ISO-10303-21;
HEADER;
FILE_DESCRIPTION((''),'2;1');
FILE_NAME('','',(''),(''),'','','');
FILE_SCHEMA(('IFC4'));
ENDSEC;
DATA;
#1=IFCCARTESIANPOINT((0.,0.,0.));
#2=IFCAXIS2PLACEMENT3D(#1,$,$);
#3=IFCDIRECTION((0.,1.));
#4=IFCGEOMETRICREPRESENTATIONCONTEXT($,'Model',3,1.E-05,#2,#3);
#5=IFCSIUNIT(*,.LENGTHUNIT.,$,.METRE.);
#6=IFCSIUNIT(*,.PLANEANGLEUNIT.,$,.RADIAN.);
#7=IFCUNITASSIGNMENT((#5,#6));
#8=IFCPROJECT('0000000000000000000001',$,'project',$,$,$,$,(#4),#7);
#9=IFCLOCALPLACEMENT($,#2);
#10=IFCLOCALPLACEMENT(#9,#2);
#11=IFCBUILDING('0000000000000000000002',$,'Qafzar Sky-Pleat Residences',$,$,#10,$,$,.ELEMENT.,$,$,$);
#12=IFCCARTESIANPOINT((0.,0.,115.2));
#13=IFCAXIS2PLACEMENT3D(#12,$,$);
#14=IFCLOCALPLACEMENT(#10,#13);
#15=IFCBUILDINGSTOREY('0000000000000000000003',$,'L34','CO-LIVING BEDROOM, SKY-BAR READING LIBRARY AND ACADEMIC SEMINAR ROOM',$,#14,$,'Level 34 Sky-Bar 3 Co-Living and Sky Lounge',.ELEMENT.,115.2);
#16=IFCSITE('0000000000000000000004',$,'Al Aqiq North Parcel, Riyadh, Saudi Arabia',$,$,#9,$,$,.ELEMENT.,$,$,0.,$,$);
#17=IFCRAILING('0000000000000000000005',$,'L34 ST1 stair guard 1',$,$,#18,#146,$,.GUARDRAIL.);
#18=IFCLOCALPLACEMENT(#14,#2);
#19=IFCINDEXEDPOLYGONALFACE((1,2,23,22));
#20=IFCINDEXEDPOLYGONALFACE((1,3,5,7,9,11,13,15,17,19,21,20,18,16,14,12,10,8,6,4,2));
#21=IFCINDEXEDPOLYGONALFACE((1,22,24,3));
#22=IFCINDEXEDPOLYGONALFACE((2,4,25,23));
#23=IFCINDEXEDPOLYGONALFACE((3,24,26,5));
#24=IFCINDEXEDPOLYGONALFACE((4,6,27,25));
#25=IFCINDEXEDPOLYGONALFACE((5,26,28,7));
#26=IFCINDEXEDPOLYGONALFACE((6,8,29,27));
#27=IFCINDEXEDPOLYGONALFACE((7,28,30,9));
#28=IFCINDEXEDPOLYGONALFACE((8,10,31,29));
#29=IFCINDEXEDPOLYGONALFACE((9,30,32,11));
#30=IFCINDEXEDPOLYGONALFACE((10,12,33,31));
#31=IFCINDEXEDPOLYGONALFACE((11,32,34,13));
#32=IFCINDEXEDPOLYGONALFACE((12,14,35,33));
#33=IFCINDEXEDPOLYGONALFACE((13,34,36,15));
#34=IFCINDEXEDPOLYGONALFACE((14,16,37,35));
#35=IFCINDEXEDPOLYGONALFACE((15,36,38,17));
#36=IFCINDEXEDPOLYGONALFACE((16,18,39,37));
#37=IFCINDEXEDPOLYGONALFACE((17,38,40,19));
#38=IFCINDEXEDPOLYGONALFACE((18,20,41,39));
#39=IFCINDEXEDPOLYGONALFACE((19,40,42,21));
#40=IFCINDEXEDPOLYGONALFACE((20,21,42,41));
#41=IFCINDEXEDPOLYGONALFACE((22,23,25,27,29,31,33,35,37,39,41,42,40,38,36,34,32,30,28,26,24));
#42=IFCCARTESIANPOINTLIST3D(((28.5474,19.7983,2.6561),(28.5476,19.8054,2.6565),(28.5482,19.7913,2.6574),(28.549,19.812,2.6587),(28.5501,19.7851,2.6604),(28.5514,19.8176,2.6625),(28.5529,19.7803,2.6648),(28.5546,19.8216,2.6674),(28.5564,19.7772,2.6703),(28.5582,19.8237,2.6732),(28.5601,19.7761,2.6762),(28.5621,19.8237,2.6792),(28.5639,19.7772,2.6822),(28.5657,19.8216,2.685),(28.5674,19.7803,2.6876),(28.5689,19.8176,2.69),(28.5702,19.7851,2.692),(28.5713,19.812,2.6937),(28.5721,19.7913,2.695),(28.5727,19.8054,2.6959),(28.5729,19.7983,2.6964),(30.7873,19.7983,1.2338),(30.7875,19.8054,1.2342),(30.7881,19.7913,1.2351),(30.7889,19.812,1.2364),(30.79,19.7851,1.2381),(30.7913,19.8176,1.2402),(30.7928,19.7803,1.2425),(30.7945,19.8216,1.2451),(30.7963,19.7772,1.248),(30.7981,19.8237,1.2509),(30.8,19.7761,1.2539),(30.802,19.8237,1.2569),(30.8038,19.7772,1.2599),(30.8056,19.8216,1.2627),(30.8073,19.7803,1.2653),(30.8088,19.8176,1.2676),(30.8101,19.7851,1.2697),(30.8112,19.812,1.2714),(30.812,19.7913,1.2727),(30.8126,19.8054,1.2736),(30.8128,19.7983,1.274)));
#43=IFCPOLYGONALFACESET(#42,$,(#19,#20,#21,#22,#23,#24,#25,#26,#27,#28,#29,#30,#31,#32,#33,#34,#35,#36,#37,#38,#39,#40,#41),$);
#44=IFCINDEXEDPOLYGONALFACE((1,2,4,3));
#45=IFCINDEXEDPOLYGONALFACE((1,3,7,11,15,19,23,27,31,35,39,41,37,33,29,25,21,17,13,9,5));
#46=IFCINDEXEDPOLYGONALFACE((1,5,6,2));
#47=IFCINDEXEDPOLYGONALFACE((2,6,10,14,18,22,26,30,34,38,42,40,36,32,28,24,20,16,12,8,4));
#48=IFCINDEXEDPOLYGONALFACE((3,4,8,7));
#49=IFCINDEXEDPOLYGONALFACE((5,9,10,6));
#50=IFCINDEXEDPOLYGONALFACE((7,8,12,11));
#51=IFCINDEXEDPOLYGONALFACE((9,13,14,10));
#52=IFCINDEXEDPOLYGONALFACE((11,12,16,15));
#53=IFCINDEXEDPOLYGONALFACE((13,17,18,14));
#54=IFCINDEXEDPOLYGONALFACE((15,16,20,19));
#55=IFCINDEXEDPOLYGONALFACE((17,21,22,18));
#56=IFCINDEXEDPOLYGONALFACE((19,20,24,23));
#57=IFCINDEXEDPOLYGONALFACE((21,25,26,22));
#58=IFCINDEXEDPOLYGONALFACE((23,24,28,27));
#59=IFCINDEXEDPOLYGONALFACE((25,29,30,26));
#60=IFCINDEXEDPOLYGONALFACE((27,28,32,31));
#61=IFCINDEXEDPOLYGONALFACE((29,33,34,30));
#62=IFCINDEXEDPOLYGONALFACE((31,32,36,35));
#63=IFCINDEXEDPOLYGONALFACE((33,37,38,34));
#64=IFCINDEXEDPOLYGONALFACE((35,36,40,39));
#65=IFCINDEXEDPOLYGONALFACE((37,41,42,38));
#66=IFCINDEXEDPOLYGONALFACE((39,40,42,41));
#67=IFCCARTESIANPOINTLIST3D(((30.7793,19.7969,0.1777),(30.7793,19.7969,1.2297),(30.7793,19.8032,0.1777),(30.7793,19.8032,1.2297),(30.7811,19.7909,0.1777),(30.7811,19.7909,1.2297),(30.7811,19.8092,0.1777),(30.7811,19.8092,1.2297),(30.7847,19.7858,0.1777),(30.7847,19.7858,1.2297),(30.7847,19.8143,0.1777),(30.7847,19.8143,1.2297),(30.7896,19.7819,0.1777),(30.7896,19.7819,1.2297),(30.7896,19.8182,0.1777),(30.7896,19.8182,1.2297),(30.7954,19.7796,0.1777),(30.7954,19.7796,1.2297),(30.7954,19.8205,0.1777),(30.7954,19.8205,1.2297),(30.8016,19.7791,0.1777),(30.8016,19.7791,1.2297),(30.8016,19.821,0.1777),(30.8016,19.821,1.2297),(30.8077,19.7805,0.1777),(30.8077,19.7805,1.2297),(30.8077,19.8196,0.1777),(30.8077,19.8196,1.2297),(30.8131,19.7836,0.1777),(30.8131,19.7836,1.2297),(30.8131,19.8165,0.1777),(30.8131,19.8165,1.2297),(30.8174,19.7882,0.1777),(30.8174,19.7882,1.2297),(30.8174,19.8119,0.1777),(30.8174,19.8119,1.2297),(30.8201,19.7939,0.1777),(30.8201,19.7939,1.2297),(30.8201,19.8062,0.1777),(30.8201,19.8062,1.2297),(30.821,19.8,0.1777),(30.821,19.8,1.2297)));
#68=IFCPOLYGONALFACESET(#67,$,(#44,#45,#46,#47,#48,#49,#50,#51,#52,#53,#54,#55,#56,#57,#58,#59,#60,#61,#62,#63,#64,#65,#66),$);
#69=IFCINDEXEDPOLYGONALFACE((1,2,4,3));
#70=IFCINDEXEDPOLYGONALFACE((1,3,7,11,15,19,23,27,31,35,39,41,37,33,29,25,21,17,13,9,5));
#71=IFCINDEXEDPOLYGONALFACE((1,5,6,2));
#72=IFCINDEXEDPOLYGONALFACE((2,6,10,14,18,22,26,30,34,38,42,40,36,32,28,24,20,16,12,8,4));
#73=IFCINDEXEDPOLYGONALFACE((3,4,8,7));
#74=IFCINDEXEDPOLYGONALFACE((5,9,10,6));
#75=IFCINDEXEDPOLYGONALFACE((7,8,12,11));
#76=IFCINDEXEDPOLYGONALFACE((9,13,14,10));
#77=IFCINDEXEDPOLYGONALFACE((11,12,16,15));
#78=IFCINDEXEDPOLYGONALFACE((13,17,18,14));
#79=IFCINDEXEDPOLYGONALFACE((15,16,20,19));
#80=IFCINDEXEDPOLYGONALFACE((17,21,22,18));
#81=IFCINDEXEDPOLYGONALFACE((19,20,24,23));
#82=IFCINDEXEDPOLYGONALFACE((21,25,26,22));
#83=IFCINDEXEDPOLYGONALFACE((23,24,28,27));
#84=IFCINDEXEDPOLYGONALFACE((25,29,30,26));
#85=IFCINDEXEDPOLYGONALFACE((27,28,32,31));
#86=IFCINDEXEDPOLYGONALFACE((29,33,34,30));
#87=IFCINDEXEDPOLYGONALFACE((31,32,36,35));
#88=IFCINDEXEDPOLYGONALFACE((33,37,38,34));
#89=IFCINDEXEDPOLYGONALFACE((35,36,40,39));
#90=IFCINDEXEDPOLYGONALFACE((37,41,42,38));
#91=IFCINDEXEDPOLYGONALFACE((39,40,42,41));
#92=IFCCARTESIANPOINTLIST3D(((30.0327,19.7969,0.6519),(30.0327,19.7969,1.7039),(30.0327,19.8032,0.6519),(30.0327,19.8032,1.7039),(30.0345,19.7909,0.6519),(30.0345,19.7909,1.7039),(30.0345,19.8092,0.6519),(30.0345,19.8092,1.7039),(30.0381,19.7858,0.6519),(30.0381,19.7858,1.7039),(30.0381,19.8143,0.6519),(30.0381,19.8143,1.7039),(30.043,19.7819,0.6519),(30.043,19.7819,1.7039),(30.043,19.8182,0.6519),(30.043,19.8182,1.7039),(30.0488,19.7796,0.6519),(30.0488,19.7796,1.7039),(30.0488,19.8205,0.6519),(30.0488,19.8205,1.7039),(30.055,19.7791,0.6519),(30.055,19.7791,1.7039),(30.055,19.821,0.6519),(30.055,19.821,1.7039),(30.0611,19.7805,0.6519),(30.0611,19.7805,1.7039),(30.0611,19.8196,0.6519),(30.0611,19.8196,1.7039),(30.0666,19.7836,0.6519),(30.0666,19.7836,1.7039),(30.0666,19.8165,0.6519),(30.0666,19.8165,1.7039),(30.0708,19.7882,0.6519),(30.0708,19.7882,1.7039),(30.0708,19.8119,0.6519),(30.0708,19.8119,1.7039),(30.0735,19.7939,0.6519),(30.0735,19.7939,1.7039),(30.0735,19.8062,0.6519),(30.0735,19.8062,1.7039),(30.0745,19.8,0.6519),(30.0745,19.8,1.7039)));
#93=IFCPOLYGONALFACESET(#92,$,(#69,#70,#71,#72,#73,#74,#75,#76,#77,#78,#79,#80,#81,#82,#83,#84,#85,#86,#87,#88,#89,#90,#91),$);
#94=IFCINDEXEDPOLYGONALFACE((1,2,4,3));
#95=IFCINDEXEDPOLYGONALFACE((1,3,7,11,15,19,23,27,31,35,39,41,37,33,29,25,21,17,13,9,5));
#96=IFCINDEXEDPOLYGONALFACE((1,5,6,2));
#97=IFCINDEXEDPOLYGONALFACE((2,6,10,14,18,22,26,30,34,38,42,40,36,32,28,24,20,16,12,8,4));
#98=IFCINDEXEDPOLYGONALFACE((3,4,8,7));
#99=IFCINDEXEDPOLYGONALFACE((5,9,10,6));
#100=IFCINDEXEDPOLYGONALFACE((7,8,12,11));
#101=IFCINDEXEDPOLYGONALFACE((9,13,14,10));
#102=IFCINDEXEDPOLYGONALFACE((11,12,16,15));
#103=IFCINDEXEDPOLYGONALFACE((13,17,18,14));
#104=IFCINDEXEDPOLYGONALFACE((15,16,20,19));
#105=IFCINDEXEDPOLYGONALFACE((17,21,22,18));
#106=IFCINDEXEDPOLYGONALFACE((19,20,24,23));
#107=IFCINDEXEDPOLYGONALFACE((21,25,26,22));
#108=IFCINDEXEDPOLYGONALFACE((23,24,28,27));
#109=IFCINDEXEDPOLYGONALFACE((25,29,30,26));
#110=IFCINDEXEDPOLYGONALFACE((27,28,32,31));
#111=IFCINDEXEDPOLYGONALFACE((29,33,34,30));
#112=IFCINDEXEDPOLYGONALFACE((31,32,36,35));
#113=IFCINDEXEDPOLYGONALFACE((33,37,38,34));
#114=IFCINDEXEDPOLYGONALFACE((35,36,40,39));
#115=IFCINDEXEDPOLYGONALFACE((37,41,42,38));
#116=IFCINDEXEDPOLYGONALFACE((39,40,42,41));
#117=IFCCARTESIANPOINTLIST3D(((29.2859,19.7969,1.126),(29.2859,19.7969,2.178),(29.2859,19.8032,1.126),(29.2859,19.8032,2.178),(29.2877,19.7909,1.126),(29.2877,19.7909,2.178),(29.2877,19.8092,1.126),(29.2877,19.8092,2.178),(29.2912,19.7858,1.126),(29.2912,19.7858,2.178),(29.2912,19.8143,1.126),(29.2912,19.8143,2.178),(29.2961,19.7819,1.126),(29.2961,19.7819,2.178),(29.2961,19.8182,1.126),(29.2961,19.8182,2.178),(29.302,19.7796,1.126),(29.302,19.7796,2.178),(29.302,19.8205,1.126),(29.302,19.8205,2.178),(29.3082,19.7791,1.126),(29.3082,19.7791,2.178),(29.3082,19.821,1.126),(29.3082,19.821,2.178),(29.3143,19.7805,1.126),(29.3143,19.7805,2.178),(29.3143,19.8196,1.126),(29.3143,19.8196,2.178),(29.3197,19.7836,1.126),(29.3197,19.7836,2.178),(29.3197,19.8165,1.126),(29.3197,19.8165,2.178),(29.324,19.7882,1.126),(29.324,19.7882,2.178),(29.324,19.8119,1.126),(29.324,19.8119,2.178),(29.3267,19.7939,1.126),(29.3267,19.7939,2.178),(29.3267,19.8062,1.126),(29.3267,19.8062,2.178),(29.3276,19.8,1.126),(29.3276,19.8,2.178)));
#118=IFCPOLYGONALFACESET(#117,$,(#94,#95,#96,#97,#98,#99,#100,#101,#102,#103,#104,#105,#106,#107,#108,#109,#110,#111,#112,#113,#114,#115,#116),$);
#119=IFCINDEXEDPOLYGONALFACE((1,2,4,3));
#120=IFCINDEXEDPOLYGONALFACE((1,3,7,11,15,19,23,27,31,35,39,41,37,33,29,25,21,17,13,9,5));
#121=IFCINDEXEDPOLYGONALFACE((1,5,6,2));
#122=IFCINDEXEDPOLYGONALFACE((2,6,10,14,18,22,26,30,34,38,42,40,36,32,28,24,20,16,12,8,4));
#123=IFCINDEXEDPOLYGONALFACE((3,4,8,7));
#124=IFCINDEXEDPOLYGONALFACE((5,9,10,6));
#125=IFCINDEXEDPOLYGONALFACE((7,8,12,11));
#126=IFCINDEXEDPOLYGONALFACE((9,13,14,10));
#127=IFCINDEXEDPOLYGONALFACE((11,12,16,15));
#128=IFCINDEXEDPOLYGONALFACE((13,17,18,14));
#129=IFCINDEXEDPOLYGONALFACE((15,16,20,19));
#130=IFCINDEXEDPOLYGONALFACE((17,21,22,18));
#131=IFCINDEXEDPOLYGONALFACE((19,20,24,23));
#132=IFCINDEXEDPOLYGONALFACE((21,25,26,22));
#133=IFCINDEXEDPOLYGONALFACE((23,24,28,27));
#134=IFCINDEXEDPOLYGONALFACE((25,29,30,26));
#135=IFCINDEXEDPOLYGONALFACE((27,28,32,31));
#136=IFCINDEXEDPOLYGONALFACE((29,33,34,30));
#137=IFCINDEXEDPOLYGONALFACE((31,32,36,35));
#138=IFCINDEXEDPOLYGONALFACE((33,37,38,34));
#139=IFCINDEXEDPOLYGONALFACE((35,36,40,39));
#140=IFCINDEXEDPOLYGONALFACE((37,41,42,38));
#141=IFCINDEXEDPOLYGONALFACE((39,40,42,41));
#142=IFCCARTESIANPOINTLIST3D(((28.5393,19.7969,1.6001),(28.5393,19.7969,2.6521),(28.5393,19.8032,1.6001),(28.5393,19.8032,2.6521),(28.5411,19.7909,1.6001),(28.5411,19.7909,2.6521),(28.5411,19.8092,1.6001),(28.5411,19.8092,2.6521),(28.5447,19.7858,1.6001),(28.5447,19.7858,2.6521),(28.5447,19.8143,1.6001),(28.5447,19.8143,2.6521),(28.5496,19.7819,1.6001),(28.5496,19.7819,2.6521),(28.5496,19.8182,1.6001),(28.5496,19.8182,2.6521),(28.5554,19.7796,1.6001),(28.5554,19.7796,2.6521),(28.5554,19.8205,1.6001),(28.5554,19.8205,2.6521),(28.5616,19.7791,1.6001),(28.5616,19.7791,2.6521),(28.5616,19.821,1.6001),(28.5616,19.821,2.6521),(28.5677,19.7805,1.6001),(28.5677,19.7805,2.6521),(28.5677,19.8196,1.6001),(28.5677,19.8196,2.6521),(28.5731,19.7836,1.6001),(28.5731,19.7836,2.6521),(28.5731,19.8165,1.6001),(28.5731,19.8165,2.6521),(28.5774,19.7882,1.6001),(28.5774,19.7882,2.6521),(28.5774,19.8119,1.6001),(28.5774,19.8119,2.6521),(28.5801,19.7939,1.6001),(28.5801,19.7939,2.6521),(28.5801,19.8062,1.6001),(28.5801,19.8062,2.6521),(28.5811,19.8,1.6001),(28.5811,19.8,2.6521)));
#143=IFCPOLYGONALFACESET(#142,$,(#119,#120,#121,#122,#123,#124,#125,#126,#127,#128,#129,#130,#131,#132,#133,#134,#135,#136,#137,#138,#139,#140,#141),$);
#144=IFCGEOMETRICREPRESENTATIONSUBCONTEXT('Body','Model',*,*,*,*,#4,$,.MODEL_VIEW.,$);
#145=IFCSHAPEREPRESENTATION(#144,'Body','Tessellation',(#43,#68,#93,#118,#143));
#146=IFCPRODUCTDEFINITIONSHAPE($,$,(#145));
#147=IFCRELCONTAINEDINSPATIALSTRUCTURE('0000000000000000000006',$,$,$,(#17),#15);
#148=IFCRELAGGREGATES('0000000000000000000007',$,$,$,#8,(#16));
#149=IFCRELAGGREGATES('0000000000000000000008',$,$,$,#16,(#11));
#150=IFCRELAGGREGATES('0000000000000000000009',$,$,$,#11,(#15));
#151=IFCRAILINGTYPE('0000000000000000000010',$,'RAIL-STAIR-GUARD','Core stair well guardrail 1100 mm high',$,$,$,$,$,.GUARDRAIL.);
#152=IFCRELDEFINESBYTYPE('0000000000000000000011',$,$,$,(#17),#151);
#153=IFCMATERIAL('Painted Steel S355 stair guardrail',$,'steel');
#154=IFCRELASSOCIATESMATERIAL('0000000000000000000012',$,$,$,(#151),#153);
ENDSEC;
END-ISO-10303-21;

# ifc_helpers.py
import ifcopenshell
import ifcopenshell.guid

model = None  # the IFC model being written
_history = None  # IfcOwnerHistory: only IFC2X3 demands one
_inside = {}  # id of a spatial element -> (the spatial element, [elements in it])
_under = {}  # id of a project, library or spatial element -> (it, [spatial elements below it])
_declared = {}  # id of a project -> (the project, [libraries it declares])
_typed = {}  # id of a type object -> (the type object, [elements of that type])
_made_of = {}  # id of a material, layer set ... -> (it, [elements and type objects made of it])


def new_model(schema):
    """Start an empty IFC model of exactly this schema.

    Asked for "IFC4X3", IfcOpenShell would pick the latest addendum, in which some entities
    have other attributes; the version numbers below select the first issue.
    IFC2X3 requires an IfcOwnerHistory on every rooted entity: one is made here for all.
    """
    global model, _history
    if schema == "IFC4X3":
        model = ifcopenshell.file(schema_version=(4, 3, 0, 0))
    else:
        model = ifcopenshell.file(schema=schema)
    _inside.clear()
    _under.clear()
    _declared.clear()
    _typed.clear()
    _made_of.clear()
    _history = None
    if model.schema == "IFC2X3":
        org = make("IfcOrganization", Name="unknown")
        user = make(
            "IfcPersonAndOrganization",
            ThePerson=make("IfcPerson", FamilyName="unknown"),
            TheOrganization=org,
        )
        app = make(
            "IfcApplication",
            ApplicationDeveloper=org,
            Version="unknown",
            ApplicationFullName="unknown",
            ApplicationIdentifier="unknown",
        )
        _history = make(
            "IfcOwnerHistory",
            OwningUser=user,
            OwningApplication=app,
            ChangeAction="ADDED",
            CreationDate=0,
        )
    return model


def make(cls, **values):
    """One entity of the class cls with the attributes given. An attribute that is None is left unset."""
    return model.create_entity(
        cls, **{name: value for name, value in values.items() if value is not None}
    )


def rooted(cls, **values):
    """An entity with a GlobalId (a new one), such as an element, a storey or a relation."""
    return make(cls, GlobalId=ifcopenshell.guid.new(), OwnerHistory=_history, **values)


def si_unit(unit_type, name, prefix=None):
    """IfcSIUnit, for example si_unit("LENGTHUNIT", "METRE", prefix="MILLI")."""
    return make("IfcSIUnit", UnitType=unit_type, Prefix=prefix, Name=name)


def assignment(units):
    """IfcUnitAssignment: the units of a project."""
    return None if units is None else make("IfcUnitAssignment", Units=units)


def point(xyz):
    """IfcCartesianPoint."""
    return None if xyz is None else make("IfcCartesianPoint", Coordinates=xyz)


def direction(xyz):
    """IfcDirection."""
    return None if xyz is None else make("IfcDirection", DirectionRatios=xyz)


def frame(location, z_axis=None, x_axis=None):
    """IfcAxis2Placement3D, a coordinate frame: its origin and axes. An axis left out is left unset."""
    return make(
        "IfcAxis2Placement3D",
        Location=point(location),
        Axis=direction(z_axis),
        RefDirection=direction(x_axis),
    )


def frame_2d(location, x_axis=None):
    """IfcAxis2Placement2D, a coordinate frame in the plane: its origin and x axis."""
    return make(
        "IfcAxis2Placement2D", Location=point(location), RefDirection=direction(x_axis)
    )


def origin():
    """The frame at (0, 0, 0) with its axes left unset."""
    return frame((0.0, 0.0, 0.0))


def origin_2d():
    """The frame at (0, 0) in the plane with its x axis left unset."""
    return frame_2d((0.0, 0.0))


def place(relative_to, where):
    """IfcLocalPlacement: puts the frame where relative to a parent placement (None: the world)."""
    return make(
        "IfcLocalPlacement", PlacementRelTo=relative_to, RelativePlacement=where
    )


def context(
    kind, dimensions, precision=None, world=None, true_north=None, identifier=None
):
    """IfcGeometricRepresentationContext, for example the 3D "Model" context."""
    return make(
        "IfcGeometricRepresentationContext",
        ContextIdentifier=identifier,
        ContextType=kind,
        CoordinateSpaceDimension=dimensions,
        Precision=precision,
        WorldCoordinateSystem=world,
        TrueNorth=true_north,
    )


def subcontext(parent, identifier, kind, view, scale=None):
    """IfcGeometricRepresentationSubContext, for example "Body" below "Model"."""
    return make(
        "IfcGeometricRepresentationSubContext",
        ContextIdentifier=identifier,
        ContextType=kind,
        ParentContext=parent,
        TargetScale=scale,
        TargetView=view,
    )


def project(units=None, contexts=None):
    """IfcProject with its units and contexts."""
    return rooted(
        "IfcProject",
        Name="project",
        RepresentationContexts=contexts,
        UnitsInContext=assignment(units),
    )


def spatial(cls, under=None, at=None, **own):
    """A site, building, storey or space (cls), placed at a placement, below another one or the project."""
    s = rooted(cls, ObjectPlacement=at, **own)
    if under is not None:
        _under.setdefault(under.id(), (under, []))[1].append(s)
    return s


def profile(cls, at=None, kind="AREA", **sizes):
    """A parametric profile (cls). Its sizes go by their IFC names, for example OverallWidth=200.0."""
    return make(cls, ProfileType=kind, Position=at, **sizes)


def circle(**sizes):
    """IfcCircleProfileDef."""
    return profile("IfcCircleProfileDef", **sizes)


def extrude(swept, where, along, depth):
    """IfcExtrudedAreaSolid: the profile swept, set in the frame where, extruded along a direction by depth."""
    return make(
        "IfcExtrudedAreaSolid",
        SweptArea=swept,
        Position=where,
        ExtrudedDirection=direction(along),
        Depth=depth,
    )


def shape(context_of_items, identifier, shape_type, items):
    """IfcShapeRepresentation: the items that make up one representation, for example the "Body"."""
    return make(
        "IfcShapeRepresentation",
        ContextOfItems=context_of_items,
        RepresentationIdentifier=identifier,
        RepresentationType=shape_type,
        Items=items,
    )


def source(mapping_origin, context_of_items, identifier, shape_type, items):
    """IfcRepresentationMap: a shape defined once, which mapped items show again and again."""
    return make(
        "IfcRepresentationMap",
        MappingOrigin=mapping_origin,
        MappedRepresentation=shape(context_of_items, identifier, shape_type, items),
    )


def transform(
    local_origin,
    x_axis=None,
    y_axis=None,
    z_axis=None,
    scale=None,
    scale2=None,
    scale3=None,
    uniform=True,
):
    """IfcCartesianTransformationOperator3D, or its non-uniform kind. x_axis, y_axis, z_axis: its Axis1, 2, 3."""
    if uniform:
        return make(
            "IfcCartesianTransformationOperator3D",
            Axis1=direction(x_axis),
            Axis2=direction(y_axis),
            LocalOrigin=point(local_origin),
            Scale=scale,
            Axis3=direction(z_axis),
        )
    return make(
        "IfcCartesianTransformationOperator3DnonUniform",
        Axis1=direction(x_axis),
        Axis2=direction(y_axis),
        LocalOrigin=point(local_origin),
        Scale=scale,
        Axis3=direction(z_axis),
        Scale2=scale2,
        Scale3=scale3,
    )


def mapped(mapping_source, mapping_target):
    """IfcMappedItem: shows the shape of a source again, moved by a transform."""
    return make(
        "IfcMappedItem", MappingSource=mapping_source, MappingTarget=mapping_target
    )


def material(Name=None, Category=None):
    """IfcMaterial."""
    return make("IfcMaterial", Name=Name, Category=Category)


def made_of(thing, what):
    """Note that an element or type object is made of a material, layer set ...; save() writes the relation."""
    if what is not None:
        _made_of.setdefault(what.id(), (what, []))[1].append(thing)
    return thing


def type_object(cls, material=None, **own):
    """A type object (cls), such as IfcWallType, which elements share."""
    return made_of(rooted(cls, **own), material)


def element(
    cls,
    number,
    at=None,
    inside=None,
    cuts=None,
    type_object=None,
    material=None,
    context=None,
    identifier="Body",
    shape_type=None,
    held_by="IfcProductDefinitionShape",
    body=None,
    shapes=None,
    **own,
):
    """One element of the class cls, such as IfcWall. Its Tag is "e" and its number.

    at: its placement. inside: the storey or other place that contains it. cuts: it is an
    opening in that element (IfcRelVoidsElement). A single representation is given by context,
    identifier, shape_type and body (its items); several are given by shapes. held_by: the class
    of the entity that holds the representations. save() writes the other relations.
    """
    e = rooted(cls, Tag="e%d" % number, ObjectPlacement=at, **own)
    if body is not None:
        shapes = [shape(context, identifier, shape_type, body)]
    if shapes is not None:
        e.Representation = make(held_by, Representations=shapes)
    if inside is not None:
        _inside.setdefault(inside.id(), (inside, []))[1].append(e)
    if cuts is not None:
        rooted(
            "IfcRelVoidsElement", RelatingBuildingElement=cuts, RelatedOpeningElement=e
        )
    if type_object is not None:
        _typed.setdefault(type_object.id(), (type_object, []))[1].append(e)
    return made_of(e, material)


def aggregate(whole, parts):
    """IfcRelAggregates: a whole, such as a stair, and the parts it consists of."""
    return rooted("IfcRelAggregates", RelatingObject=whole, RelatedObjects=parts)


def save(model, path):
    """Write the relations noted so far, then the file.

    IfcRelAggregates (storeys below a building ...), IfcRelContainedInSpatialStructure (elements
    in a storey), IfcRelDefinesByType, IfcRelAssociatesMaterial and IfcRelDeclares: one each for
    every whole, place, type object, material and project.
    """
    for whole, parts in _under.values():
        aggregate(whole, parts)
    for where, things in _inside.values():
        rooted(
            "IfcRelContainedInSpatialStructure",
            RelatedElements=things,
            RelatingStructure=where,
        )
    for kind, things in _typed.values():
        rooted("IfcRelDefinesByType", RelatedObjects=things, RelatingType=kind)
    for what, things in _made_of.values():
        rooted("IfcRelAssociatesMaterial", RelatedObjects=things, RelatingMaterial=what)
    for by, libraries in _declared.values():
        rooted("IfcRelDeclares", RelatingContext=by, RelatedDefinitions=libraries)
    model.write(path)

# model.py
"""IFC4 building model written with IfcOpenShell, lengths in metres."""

from ifc_helpers import new_model, si_unit, direction, frame, origin, origin_2d, place, context, subcontext, project, spatial, circle, extrude, source, transform, mapped, material, type_object, element, save


model = new_model("IFC4")

# Units and contexts
model_context = context("Model", 3, precision=1e-05, world=origin(), true_north=direction((0.0, 1.0)))
body_context = subcontext(model_context, "Body", "Model", "MODEL_VIEW")
ifc_project = project(units=[si_unit("LENGTHUNIT", "METRE"), si_unit("PLANEANGLEUNIT", "RADIAN")], contexts=[model_context])

# Site, building, storey
site_placement = place(None, origin())
site = spatial("IfcSite", under=ifc_project, at=site_placement, Name="Al Aqiq North Parcel, Riyadh, Saudi Arabia", CompositionType="ELEMENT", RefElevation=0.0)
building_placement = place(site_placement, origin())
building = spatial("IfcBuilding", under=site, at=building_placement, Name="Qafzar Sky-Pleat Residences", CompositionType="ELEMENT")
storey_placement = place(building_placement, frame((0.0, 0.0, 115.2)))
storey = spatial("IfcBuildingStorey", under=building, at=storey_placement, Name="L34", Description="CO-LIVING BEDROOM, SKY-BAR READING LIBRARY AND ACADEMIC SEMINAR ROOM", LongName="Level 34 Sky-Bar 3 Co-Living and Sky Lounge", CompositionType="ELEMENT", Elevation=115.2)

# Railing
ifc_material_1 = material(Name="Painted Steel S355 stair guardrail", Category="steel")
railing_type_1 = type_object("IfcRailingType", Name="RAIL-STAIR-GUARD", Description="Core stair well guardrail 1100 mm high", PredefinedType="GUARDRAIL", material=ifc_material_1)
shared_shape_1 = source(origin(), body_context, "Body", "SweptSolid", [
    extrude(circle(Radius=0.0239, at=origin_2d()), frame((0.0, 0.0, 1.0762), z_axis=(-0.844188, 0.0, 0.536048), x_axis=(0.0, -1.0, 0.0)), (0.0, 0.0, 1.0), 2.6533),
    extrude(circle(Radius=0.021, at=origin_2d()), origin(), (0.0, 0.0, 1.0), 1.052),
    extrude(circle(Radius=0.021, at=origin_2d()), frame((-0.7466, 0.0, 0.4741)), (0.0, 0.0, 1.0), 1.052),
    extrude(circle(Radius=0.021, at=origin_2d()), frame((-1.4934, 0.0, 0.9482)), (0.0, 0.0, 1.0), 1.052),
    extrude(circle(Radius=0.021, at=origin_2d()), frame((-2.24, 0.0, 1.4224)), (0.0, 0.0, 1.0), 1.052),
])
railing_1_placement = place(storey_placement, frame((30.8, 19.8, 0.1777)))
element("IfcRailing", 1, at=railing_1_placement, inside=storey, type_object=railing_type_1, Name="L34 ST1 stair guard 1", PredefinedType="GUARDRAIL", context=body_context, shape_type="MappedRepresentation", body=[
    mapped(shared_shape_1, transform((0.0, 0.0, 0.0), x_axis=(1.0, 0.0, 0.0), y_axis=(0.0, 1.0, 0.0), z_axis=(0.0, 0.0, 1.0), scale=1.0)),
])

save(model, "model.ifc")
